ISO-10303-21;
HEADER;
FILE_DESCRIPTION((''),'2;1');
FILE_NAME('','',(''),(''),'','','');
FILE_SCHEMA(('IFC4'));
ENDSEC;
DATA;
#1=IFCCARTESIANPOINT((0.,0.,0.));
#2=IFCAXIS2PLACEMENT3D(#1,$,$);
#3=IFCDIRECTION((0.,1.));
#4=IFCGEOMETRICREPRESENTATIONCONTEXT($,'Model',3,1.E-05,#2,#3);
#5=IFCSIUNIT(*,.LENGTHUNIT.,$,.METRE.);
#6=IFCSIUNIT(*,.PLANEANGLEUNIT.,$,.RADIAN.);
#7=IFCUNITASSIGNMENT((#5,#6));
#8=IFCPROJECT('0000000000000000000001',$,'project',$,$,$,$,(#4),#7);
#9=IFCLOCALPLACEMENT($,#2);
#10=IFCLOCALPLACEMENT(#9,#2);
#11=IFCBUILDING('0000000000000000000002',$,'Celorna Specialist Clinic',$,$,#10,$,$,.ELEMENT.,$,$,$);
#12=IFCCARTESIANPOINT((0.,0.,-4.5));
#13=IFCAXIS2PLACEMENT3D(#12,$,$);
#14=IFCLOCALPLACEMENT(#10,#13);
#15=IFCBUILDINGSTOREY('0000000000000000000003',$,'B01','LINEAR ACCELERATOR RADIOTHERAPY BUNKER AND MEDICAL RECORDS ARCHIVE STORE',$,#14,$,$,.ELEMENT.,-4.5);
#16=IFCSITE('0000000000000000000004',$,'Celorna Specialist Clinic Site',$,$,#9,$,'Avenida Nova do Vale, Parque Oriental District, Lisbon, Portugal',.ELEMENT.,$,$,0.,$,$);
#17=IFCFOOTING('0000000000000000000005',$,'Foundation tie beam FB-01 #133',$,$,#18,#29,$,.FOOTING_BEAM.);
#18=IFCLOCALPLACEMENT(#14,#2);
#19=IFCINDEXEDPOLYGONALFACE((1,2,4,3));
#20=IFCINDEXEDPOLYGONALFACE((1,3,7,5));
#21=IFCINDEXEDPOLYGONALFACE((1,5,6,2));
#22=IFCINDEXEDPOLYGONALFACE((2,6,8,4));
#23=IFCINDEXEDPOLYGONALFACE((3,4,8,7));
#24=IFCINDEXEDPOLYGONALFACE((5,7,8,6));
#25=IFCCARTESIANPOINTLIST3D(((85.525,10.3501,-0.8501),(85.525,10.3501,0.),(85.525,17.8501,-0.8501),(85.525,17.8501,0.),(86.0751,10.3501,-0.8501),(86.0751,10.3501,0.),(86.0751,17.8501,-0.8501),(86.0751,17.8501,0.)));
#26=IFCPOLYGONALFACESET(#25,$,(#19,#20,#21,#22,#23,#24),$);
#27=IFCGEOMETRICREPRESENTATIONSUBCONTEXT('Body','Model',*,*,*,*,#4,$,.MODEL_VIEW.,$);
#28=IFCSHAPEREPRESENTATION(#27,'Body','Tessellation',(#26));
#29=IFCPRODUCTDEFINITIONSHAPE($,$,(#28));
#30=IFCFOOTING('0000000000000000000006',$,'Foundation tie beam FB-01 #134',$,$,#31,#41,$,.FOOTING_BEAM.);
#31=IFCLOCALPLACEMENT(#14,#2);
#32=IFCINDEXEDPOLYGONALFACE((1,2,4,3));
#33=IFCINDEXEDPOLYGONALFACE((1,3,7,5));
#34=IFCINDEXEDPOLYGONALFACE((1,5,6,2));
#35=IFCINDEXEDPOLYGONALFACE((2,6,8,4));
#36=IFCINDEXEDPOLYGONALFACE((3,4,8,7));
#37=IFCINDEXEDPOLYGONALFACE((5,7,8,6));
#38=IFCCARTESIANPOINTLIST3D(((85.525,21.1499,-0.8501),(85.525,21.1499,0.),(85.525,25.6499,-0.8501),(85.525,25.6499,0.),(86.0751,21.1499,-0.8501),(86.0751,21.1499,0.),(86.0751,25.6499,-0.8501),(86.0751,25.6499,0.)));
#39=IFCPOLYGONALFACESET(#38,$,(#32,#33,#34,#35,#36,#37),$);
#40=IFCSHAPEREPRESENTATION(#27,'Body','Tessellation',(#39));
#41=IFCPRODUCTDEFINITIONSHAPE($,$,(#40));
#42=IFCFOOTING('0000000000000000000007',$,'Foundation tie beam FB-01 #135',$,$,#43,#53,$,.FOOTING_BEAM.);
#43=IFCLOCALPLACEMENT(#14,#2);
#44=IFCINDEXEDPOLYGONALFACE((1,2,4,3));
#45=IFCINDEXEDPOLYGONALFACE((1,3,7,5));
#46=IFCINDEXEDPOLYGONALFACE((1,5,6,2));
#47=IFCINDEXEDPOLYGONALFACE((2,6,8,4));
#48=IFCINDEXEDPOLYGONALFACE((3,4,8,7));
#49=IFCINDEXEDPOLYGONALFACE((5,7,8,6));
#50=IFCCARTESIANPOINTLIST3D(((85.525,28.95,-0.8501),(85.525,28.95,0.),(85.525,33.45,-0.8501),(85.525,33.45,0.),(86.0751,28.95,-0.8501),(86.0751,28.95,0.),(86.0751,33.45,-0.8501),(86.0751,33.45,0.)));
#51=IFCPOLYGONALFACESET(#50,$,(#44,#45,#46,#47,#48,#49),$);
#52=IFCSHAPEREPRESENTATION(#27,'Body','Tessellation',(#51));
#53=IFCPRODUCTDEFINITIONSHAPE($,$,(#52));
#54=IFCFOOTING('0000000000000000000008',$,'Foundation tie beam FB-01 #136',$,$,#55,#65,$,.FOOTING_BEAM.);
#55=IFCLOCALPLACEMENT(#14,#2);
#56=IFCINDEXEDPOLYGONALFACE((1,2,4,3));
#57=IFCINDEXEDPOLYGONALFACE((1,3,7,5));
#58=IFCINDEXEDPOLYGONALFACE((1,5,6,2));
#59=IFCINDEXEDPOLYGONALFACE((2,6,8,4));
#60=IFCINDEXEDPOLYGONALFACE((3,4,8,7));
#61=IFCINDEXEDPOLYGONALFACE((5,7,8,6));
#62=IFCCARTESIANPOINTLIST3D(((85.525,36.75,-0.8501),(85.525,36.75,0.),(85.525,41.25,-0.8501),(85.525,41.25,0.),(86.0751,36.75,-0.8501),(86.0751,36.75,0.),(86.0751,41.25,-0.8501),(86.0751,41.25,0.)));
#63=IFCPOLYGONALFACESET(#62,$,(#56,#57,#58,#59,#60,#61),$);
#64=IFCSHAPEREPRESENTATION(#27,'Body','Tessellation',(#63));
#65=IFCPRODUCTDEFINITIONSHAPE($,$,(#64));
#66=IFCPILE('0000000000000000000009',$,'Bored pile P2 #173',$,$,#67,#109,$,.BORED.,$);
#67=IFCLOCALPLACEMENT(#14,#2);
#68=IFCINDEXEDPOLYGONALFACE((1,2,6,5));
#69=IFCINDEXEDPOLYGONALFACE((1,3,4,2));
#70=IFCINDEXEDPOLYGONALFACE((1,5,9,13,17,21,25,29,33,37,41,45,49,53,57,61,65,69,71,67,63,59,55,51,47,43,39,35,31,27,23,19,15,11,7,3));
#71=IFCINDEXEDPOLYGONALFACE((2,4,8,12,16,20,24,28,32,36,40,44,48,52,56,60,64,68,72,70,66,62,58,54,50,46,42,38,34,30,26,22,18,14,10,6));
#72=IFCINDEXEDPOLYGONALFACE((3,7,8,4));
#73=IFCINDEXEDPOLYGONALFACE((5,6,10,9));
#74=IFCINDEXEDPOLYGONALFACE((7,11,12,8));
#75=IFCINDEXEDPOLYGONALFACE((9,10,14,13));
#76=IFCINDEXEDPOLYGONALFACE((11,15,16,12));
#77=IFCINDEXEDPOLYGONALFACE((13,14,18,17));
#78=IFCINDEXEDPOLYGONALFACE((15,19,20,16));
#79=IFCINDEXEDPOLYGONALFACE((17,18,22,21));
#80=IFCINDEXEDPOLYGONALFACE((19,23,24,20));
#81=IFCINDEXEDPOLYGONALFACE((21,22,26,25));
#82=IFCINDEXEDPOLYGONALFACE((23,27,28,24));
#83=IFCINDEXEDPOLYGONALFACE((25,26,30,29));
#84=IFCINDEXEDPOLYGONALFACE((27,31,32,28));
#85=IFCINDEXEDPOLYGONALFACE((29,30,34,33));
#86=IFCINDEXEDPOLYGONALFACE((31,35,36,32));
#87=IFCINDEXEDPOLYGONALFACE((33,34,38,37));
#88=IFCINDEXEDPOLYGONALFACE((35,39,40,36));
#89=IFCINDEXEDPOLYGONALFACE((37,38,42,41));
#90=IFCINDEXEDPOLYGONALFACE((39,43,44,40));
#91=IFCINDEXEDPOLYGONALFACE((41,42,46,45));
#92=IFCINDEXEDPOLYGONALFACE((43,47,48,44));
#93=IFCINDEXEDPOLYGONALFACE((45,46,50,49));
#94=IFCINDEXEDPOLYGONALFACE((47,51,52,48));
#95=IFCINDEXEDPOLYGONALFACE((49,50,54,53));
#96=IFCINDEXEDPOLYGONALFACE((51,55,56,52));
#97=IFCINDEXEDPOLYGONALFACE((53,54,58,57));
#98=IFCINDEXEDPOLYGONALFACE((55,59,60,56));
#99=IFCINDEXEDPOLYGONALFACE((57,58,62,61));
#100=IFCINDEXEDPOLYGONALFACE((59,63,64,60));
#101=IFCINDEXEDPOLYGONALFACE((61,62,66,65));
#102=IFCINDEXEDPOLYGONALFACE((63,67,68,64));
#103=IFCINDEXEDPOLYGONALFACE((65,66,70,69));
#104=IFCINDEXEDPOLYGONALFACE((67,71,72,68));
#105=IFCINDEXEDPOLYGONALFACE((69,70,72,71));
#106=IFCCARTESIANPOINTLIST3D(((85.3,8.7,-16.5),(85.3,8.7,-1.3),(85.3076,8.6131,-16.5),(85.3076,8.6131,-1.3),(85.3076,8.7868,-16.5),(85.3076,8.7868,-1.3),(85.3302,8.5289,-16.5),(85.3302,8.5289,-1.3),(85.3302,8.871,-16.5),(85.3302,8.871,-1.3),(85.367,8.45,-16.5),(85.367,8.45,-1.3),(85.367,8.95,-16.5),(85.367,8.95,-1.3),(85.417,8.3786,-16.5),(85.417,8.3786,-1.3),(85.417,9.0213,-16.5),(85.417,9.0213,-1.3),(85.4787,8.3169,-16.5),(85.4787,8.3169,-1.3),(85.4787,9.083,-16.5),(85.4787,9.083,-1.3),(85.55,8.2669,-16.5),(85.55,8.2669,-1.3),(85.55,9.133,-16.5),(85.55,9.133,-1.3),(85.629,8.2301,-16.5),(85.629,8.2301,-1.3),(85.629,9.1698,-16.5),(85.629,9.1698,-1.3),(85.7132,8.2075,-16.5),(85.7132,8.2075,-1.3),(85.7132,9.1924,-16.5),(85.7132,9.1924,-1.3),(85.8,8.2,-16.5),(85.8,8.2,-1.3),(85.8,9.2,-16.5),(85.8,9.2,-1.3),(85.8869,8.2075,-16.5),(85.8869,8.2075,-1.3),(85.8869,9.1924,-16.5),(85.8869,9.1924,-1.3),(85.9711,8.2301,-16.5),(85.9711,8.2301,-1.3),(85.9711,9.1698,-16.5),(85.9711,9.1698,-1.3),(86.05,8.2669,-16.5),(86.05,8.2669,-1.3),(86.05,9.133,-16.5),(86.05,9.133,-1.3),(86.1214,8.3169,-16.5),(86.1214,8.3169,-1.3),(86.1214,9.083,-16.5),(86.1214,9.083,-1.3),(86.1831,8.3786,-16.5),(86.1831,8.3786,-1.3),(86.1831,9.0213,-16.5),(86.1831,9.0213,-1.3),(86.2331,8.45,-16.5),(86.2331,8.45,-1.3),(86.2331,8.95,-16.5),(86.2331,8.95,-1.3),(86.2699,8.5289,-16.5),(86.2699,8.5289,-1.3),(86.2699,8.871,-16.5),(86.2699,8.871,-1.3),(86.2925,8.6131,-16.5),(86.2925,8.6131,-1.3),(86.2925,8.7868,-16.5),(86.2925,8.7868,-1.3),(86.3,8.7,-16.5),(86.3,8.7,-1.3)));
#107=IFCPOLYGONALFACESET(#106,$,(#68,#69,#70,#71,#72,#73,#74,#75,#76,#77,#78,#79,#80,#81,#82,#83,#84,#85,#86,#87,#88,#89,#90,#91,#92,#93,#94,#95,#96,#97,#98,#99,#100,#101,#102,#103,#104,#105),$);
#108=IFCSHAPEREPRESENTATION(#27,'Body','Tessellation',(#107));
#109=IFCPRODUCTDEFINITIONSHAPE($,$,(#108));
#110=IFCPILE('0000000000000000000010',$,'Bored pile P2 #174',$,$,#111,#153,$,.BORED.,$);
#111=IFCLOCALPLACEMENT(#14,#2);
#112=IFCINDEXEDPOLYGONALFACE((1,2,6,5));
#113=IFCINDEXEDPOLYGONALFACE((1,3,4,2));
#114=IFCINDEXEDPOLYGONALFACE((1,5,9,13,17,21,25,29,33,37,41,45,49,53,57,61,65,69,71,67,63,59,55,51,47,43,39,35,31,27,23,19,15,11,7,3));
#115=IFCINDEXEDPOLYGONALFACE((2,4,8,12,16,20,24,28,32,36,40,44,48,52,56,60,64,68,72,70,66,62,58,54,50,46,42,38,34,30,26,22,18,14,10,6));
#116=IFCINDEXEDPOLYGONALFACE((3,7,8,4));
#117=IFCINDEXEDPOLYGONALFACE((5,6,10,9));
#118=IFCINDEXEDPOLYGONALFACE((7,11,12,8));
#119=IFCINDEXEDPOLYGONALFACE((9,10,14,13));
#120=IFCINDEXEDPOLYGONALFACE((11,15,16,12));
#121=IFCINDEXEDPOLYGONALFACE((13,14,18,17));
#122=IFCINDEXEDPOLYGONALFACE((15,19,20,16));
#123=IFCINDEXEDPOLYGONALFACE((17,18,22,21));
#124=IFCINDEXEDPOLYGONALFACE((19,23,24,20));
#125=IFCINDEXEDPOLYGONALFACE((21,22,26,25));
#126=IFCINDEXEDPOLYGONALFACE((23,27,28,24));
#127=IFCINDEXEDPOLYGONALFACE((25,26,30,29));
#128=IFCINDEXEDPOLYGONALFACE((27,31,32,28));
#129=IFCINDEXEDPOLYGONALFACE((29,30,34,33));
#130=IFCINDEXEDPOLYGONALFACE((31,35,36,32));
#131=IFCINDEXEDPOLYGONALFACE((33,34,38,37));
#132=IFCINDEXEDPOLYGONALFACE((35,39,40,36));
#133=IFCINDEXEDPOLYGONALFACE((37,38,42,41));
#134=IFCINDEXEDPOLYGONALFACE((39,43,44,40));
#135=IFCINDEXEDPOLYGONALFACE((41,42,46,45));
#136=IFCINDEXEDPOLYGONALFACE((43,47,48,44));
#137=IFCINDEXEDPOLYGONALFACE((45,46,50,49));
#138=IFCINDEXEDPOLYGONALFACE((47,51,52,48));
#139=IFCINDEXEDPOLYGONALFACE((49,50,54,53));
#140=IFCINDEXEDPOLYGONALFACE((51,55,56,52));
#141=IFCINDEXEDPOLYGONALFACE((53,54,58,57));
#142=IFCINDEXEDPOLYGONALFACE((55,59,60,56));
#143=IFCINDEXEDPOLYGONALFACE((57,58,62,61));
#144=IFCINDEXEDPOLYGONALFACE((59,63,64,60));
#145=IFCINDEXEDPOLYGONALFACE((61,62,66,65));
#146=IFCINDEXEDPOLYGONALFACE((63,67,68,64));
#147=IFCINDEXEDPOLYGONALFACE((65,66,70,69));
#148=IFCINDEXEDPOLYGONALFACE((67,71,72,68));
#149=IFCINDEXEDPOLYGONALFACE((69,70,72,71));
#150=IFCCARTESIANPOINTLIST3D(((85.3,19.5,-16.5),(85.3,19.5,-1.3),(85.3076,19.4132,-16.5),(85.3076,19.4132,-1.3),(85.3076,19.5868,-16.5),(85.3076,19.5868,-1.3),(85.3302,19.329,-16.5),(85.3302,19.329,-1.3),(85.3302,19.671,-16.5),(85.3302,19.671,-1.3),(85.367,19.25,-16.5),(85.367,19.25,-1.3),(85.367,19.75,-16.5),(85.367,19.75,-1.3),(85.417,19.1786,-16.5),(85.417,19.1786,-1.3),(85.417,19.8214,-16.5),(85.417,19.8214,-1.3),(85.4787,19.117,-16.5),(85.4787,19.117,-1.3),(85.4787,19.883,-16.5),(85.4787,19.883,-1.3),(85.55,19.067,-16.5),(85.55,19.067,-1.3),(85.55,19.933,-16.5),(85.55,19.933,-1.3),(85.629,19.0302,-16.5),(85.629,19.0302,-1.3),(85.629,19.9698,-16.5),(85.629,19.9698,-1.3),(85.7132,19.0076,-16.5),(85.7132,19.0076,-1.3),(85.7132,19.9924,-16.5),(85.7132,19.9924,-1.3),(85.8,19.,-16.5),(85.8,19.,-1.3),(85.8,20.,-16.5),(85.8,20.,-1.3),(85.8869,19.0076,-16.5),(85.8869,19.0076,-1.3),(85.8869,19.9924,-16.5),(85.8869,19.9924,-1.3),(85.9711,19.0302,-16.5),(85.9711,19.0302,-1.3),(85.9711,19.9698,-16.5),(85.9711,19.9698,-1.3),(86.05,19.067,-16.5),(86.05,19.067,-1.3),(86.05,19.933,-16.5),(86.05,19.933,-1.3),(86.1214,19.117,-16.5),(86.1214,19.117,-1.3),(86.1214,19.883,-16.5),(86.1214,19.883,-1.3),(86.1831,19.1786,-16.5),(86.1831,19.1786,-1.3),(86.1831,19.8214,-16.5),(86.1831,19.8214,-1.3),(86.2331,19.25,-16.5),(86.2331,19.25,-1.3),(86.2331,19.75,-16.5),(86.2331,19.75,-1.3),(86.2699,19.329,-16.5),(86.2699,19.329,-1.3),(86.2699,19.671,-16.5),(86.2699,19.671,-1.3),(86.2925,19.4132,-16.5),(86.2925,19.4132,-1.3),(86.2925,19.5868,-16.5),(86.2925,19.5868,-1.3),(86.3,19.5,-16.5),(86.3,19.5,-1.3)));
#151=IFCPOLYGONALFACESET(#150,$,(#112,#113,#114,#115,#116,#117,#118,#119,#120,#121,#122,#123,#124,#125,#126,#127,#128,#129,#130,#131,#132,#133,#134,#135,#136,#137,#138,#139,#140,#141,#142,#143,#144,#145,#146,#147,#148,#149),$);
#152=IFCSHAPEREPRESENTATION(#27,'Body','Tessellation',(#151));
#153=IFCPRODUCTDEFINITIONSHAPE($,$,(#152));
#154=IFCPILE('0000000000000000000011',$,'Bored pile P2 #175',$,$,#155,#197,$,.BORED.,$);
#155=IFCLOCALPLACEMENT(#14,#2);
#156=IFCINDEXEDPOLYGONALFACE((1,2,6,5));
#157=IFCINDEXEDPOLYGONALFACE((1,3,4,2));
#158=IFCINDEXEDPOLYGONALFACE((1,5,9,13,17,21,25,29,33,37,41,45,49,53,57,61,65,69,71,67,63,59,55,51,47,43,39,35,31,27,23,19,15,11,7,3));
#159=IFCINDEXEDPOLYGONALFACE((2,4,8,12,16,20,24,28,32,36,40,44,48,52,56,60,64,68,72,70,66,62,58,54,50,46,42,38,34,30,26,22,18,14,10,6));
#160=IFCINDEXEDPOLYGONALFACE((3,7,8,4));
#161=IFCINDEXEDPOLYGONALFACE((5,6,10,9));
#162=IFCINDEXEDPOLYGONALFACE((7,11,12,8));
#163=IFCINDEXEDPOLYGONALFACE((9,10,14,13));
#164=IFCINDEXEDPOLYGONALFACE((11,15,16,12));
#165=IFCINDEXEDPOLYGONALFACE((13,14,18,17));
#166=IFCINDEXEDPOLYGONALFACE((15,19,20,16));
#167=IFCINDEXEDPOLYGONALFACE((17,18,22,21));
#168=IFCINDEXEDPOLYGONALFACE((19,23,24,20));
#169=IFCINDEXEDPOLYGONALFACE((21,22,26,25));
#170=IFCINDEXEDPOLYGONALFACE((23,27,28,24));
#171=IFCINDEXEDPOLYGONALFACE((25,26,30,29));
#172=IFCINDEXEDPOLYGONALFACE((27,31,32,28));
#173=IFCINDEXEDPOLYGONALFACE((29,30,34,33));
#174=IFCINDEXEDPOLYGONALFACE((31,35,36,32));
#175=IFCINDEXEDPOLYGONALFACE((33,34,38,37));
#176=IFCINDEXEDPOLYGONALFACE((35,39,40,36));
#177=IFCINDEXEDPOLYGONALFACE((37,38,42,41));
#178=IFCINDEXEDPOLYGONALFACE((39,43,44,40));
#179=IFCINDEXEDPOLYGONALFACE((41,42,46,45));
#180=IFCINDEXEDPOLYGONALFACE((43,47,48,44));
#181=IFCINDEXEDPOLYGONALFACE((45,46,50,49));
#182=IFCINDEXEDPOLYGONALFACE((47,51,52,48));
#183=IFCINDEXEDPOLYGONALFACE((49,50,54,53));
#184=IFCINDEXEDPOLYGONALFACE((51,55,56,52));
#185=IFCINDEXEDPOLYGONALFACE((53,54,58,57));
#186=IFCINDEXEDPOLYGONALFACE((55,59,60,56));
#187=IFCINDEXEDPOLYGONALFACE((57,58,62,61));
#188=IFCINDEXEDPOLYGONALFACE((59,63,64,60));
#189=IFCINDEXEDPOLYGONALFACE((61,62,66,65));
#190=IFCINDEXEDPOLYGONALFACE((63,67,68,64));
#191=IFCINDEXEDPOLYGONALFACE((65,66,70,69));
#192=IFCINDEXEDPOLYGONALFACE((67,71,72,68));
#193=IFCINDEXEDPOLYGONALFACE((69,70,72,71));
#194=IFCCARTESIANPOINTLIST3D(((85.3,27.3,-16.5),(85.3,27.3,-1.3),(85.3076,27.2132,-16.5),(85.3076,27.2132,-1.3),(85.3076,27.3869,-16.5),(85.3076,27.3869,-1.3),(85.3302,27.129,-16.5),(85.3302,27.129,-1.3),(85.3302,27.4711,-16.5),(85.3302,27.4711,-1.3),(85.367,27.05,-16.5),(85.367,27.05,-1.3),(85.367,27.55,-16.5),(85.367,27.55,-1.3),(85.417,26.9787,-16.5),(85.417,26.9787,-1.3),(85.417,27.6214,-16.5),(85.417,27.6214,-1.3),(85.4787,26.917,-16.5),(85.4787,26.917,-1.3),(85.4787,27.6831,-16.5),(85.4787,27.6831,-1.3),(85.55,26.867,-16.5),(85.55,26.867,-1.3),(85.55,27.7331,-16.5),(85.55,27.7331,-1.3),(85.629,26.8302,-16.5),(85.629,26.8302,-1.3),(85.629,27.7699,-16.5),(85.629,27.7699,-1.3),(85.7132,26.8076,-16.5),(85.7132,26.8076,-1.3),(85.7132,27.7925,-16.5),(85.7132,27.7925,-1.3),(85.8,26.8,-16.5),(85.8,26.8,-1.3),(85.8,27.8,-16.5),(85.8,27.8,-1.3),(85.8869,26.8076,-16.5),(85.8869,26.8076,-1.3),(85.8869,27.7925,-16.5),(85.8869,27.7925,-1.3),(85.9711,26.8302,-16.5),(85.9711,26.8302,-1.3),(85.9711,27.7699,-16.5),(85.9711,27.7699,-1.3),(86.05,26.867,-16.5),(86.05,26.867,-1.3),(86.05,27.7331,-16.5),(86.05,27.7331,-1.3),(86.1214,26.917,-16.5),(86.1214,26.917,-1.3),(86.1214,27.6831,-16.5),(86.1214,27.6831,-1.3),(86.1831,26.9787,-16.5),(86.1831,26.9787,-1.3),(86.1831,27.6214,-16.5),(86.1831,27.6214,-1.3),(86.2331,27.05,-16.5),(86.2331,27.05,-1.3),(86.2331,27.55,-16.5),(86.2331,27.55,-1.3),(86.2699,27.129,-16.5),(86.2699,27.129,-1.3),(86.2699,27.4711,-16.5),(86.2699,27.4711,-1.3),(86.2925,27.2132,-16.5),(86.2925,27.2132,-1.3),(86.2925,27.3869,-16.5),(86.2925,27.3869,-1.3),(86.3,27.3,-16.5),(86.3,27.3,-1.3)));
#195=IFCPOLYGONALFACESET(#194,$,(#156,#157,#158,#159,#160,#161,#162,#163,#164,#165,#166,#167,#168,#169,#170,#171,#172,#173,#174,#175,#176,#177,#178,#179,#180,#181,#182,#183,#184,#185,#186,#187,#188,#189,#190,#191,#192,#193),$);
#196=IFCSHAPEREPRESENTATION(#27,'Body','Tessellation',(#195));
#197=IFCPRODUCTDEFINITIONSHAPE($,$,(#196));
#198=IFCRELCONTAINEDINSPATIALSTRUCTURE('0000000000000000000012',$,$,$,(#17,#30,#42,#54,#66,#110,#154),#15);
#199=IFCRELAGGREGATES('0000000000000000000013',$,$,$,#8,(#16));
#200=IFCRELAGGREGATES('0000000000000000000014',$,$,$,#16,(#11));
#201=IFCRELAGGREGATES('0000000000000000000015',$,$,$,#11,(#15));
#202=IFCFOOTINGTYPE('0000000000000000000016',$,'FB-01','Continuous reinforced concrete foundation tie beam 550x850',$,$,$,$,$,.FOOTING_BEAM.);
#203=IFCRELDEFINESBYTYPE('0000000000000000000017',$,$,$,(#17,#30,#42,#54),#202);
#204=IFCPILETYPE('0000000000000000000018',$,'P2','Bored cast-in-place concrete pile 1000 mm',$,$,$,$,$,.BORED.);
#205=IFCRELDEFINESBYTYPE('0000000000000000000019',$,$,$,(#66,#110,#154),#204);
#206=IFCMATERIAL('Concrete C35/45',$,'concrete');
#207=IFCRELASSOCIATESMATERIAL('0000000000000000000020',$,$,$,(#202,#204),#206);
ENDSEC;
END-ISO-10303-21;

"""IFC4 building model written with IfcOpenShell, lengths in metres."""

from ifc_helpers import new_model, si_unit, direction, frame, origin, origin_2d, place, context, subcontext, project, spatial, rectangle, circle, extrude, material, material_profile, profile_set, type_object, element, save


model = new_model("IFC4")

# Units and contexts
model_context = context("Model", 3, precision=1e-05, world=origin(), true_north=direction((0.0, 1.0)))
body_context = subcontext(model_context, "Body", "Model", "MODEL_VIEW")
ifc_project = project(units=[si_unit("LENGTHUNIT", "METRE"), si_unit("PLANEANGLEUNIT", "RADIAN")], contexts=[model_context])

# Site, building, storey
site_placement = place(None, origin())
site = spatial("IfcSite", under=ifc_project, at=site_placement, Name="Celorna Specialist Clinic Site", LongName="Avenida Nova do Vale, Parque Oriental District, Lisbon, Portugal", CompositionType="ELEMENT", RefElevation=0.0)
building_placement = place(site_placement, origin())
building = spatial("IfcBuilding", under=site, at=building_placement, Name="Celorna Specialist Clinic", CompositionType="ELEMENT")
storey_placement = place(building_placement, frame((0.0, 0.0, -4.5)))
storey = spatial("IfcBuildingStorey", under=building, at=storey_placement, Name="B01", Description="LINEAR ACCELERATOR RADIOTHERAPY BUNKER AND MEDICAL RECORDS ARCHIVE STORE", CompositionType="ELEMENT", Elevation=-4.5)

# Footings
ifc_material_1 = material(Name="Concrete C35/45", Category="concrete")
footing_type_1 = type_object("IfcFootingType", Name="FB-01", Description="Continuous reinforced concrete foundation tie beam 550x850", PredefinedType="FOOTING_BEAM", material=ifc_material_1)
footing_placement = place(storey_placement, frame((85.8, 14.1001, -0.8501), z_axis=(0.0, 0.0, 1.0), x_axis=(0.0, 1.0, 0.0)))
element("IfcFooting", 1, at=footing_placement, inside=storey, type_object=footing_type_1, Name="Foundation tie beam FB-01 #133", PredefinedType="FOOTING_BEAM", context=body_context, shape_type="SweptSolid", body=[
    extrude(rectangle(XDim=7.5, YDim=0.55, at=origin_2d()), origin(), (0.0, 0.0, 1.0), 0.8501),
])
for number, where, z_axis, x_axis, name in (
    (2, (85.8, 23.3999, -0.8501), (0.0, 0.0, 1.0), (0.0, 1.0, 0.0), "Foundation tie beam FB-01 #134"),
    (3, (85.8, 31.2, -0.8501), (0.0, 0.0, 1.0), (0.0, 1.0, 0.0), "Foundation tie beam FB-01 #135"),
    (4, (85.8, 39.0, -0.8501), (0.0, 0.0, 1.0), (0.0, 1.0, 0.0), "Foundation tie beam FB-01 #136"),
):
    element("IfcFooting", number, at=place(storey_placement, frame(where, z_axis=z_axis, x_axis=x_axis)), inside=storey, type_object=footing_type_1, Name=name, PredefinedType="FOOTING_BEAM", context=body_context, shape_type="SweptSolid", body=[
        extrude(rectangle(XDim=4.5, YDim=0.55, at=origin_2d()), origin(), (0.0, 0.0, 1.0), 0.8501),
    ])

# Piles
ifc_material_profile_1 = material_profile(ifc_material_1, circle(Radius=0.5, at=origin_2d()), Name="BORED PILE 1000")
ifc_profile_set_1 = profile_set([ifc_material_profile_1], Name="Concrete C35/45")
pile_type = type_object("IfcPileType", Name="P2", Description="Bored cast-in-place concrete pile 1000 mm", PredefinedType="BORED", material=ifc_profile_set_1)
for number, where, z_axis, x_axis, name in (
    (5, (85.8, 8.7, -1.3), (0.0, 0.0, -1.0), (1.0, 0.0, 0.0), "Bored pile P2 #173"),
    (6, (85.8, 19.5, -1.3), (0.0, 0.0, -1.0), (1.0, 0.0, 0.0), "Bored pile P2 #174"),
    (7, (85.8, 27.3, -1.3), (0.0, 0.0, -1.0), (1.0, 0.0, 0.0), "Bored pile P2 #175"),
):
    element("IfcPile", number, at=place(storey_placement, frame(where, z_axis=z_axis, x_axis=x_axis)), inside=storey, type_object=pile_type, Name=name, PredefinedType="BORED", context=body_context, shape_type="SweptSolid", body=[
        extrude(circle(Radius=0.5, at=origin_2d()), origin(), (0.0, 0.0, 1.0), 15.2),
    ])

save(model, "model.ifc")
